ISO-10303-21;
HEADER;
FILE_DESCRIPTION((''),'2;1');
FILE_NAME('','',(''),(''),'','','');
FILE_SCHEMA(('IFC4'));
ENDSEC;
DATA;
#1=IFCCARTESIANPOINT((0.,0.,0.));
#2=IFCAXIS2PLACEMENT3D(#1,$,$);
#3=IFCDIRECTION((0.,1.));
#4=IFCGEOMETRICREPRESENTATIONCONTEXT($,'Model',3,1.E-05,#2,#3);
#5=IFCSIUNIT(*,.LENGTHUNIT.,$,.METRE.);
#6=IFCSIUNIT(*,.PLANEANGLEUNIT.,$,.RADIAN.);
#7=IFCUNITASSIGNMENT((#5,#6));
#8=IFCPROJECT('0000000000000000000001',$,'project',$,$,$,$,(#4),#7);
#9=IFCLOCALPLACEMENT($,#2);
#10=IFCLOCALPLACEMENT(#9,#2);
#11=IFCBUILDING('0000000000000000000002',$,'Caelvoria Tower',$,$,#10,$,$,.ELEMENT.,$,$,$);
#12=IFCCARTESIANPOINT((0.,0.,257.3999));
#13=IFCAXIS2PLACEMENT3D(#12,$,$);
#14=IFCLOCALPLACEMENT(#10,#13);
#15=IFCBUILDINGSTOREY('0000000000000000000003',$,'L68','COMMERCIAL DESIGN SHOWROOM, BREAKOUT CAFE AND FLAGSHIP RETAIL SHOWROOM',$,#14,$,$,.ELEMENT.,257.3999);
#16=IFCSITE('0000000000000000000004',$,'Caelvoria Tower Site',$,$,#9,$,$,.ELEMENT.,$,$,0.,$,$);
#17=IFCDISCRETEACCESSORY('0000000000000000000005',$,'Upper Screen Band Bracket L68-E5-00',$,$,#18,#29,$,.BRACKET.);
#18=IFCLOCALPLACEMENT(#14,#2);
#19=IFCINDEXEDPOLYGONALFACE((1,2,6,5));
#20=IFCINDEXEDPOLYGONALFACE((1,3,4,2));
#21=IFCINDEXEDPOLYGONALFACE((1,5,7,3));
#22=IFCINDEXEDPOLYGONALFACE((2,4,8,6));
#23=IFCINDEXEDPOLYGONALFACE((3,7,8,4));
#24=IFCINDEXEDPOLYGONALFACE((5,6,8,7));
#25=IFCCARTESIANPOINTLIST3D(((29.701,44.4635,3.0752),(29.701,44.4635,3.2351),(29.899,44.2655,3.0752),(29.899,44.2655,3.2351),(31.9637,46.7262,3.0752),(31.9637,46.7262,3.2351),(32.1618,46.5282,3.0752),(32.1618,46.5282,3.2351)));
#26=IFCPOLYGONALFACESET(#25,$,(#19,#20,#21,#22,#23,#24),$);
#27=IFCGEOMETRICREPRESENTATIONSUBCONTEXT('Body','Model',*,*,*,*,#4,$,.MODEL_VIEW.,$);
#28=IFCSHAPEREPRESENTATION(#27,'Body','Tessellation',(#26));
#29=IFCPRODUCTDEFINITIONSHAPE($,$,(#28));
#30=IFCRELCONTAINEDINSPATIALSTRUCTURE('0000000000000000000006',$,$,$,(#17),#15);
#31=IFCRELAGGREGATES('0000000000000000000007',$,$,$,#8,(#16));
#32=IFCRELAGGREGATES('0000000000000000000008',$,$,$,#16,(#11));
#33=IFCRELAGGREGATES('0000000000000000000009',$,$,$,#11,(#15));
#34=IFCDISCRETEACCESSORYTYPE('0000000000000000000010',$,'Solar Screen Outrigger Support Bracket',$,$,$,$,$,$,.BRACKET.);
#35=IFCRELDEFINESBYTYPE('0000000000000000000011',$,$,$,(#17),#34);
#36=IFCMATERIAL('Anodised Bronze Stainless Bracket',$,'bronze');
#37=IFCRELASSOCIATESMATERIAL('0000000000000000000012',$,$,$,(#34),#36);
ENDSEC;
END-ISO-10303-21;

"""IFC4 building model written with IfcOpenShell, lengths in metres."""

from ifc_helpers import new_model, si_unit, direction, frame, origin, origin_2d, place, context, subcontext, project, spatial, rectangle, extrude, material, type_object, element, save


model = new_model("IFC4")

# Units and contexts
model_context = context("Model", 3, precision=1e-05, world=origin(), true_north=direction((0.0, 1.0)))
body_context = subcontext(model_context, "Body", "Model", "MODEL_VIEW")
ifc_project = project(units=[si_unit("LENGTHUNIT", "METRE"), si_unit("PLANEANGLEUNIT", "RADIAN")], contexts=[model_context])

# Site, building, storey
site_placement = place(None, origin())
site = spatial("IfcSite", under=ifc_project, at=site_placement, Name="Caelvoria Tower Site", CompositionType="ELEMENT", RefElevation=0.0)
building_placement = place(site_placement, origin())
building = spatial("IfcBuilding", under=site, at=building_placement, Name="Caelvoria Tower", CompositionType="ELEMENT")
storey_placement = place(building_placement, frame((0.0, 0.0, 257.3999)))
storey = spatial("IfcBuildingStorey", under=building, at=storey_placement, Name="L68", Description="COMMERCIAL DESIGN SHOWROOM, BREAKOUT CAFE AND FLAGSHIP RETAIL SHOWROOM", CompositionType="ELEMENT", Elevation=257.3999)

# Discrete accessory
ifc_material_1 = material(Name="Anodised Bronze Stainless Bracket", Category="bronze")
discrete_accessory_type = type_object("IfcDiscreteAccessoryType", Name="Solar Screen Outrigger Support Bracket", PredefinedType="BRACKET", material=ifc_material_1)
for number, where, z_axis, x_axis, name in (
    (1, (30.9314, 45.4958, 3.0752), (0.0, 0.0, 1.0), (-0.707107, -0.707107, 0.0), "Upper Screen Band Bracket L68-E5-00"),
):
    element("IfcDiscreteAccessory", number, at=place(storey_placement, frame(where, z_axis=z_axis, x_axis=x_axis)), inside=storey, type_object=discrete_accessory_type, Name=name, PredefinedType="BRACKET", context=body_context, shape_type="SweptSolid", body=[
        extrude(rectangle(XDim=3.2, YDim=0.28, at=origin_2d()), origin(), (0.0, 0.0, 1.0), 0.1599),
    ])

save(model, "model.ifc")
